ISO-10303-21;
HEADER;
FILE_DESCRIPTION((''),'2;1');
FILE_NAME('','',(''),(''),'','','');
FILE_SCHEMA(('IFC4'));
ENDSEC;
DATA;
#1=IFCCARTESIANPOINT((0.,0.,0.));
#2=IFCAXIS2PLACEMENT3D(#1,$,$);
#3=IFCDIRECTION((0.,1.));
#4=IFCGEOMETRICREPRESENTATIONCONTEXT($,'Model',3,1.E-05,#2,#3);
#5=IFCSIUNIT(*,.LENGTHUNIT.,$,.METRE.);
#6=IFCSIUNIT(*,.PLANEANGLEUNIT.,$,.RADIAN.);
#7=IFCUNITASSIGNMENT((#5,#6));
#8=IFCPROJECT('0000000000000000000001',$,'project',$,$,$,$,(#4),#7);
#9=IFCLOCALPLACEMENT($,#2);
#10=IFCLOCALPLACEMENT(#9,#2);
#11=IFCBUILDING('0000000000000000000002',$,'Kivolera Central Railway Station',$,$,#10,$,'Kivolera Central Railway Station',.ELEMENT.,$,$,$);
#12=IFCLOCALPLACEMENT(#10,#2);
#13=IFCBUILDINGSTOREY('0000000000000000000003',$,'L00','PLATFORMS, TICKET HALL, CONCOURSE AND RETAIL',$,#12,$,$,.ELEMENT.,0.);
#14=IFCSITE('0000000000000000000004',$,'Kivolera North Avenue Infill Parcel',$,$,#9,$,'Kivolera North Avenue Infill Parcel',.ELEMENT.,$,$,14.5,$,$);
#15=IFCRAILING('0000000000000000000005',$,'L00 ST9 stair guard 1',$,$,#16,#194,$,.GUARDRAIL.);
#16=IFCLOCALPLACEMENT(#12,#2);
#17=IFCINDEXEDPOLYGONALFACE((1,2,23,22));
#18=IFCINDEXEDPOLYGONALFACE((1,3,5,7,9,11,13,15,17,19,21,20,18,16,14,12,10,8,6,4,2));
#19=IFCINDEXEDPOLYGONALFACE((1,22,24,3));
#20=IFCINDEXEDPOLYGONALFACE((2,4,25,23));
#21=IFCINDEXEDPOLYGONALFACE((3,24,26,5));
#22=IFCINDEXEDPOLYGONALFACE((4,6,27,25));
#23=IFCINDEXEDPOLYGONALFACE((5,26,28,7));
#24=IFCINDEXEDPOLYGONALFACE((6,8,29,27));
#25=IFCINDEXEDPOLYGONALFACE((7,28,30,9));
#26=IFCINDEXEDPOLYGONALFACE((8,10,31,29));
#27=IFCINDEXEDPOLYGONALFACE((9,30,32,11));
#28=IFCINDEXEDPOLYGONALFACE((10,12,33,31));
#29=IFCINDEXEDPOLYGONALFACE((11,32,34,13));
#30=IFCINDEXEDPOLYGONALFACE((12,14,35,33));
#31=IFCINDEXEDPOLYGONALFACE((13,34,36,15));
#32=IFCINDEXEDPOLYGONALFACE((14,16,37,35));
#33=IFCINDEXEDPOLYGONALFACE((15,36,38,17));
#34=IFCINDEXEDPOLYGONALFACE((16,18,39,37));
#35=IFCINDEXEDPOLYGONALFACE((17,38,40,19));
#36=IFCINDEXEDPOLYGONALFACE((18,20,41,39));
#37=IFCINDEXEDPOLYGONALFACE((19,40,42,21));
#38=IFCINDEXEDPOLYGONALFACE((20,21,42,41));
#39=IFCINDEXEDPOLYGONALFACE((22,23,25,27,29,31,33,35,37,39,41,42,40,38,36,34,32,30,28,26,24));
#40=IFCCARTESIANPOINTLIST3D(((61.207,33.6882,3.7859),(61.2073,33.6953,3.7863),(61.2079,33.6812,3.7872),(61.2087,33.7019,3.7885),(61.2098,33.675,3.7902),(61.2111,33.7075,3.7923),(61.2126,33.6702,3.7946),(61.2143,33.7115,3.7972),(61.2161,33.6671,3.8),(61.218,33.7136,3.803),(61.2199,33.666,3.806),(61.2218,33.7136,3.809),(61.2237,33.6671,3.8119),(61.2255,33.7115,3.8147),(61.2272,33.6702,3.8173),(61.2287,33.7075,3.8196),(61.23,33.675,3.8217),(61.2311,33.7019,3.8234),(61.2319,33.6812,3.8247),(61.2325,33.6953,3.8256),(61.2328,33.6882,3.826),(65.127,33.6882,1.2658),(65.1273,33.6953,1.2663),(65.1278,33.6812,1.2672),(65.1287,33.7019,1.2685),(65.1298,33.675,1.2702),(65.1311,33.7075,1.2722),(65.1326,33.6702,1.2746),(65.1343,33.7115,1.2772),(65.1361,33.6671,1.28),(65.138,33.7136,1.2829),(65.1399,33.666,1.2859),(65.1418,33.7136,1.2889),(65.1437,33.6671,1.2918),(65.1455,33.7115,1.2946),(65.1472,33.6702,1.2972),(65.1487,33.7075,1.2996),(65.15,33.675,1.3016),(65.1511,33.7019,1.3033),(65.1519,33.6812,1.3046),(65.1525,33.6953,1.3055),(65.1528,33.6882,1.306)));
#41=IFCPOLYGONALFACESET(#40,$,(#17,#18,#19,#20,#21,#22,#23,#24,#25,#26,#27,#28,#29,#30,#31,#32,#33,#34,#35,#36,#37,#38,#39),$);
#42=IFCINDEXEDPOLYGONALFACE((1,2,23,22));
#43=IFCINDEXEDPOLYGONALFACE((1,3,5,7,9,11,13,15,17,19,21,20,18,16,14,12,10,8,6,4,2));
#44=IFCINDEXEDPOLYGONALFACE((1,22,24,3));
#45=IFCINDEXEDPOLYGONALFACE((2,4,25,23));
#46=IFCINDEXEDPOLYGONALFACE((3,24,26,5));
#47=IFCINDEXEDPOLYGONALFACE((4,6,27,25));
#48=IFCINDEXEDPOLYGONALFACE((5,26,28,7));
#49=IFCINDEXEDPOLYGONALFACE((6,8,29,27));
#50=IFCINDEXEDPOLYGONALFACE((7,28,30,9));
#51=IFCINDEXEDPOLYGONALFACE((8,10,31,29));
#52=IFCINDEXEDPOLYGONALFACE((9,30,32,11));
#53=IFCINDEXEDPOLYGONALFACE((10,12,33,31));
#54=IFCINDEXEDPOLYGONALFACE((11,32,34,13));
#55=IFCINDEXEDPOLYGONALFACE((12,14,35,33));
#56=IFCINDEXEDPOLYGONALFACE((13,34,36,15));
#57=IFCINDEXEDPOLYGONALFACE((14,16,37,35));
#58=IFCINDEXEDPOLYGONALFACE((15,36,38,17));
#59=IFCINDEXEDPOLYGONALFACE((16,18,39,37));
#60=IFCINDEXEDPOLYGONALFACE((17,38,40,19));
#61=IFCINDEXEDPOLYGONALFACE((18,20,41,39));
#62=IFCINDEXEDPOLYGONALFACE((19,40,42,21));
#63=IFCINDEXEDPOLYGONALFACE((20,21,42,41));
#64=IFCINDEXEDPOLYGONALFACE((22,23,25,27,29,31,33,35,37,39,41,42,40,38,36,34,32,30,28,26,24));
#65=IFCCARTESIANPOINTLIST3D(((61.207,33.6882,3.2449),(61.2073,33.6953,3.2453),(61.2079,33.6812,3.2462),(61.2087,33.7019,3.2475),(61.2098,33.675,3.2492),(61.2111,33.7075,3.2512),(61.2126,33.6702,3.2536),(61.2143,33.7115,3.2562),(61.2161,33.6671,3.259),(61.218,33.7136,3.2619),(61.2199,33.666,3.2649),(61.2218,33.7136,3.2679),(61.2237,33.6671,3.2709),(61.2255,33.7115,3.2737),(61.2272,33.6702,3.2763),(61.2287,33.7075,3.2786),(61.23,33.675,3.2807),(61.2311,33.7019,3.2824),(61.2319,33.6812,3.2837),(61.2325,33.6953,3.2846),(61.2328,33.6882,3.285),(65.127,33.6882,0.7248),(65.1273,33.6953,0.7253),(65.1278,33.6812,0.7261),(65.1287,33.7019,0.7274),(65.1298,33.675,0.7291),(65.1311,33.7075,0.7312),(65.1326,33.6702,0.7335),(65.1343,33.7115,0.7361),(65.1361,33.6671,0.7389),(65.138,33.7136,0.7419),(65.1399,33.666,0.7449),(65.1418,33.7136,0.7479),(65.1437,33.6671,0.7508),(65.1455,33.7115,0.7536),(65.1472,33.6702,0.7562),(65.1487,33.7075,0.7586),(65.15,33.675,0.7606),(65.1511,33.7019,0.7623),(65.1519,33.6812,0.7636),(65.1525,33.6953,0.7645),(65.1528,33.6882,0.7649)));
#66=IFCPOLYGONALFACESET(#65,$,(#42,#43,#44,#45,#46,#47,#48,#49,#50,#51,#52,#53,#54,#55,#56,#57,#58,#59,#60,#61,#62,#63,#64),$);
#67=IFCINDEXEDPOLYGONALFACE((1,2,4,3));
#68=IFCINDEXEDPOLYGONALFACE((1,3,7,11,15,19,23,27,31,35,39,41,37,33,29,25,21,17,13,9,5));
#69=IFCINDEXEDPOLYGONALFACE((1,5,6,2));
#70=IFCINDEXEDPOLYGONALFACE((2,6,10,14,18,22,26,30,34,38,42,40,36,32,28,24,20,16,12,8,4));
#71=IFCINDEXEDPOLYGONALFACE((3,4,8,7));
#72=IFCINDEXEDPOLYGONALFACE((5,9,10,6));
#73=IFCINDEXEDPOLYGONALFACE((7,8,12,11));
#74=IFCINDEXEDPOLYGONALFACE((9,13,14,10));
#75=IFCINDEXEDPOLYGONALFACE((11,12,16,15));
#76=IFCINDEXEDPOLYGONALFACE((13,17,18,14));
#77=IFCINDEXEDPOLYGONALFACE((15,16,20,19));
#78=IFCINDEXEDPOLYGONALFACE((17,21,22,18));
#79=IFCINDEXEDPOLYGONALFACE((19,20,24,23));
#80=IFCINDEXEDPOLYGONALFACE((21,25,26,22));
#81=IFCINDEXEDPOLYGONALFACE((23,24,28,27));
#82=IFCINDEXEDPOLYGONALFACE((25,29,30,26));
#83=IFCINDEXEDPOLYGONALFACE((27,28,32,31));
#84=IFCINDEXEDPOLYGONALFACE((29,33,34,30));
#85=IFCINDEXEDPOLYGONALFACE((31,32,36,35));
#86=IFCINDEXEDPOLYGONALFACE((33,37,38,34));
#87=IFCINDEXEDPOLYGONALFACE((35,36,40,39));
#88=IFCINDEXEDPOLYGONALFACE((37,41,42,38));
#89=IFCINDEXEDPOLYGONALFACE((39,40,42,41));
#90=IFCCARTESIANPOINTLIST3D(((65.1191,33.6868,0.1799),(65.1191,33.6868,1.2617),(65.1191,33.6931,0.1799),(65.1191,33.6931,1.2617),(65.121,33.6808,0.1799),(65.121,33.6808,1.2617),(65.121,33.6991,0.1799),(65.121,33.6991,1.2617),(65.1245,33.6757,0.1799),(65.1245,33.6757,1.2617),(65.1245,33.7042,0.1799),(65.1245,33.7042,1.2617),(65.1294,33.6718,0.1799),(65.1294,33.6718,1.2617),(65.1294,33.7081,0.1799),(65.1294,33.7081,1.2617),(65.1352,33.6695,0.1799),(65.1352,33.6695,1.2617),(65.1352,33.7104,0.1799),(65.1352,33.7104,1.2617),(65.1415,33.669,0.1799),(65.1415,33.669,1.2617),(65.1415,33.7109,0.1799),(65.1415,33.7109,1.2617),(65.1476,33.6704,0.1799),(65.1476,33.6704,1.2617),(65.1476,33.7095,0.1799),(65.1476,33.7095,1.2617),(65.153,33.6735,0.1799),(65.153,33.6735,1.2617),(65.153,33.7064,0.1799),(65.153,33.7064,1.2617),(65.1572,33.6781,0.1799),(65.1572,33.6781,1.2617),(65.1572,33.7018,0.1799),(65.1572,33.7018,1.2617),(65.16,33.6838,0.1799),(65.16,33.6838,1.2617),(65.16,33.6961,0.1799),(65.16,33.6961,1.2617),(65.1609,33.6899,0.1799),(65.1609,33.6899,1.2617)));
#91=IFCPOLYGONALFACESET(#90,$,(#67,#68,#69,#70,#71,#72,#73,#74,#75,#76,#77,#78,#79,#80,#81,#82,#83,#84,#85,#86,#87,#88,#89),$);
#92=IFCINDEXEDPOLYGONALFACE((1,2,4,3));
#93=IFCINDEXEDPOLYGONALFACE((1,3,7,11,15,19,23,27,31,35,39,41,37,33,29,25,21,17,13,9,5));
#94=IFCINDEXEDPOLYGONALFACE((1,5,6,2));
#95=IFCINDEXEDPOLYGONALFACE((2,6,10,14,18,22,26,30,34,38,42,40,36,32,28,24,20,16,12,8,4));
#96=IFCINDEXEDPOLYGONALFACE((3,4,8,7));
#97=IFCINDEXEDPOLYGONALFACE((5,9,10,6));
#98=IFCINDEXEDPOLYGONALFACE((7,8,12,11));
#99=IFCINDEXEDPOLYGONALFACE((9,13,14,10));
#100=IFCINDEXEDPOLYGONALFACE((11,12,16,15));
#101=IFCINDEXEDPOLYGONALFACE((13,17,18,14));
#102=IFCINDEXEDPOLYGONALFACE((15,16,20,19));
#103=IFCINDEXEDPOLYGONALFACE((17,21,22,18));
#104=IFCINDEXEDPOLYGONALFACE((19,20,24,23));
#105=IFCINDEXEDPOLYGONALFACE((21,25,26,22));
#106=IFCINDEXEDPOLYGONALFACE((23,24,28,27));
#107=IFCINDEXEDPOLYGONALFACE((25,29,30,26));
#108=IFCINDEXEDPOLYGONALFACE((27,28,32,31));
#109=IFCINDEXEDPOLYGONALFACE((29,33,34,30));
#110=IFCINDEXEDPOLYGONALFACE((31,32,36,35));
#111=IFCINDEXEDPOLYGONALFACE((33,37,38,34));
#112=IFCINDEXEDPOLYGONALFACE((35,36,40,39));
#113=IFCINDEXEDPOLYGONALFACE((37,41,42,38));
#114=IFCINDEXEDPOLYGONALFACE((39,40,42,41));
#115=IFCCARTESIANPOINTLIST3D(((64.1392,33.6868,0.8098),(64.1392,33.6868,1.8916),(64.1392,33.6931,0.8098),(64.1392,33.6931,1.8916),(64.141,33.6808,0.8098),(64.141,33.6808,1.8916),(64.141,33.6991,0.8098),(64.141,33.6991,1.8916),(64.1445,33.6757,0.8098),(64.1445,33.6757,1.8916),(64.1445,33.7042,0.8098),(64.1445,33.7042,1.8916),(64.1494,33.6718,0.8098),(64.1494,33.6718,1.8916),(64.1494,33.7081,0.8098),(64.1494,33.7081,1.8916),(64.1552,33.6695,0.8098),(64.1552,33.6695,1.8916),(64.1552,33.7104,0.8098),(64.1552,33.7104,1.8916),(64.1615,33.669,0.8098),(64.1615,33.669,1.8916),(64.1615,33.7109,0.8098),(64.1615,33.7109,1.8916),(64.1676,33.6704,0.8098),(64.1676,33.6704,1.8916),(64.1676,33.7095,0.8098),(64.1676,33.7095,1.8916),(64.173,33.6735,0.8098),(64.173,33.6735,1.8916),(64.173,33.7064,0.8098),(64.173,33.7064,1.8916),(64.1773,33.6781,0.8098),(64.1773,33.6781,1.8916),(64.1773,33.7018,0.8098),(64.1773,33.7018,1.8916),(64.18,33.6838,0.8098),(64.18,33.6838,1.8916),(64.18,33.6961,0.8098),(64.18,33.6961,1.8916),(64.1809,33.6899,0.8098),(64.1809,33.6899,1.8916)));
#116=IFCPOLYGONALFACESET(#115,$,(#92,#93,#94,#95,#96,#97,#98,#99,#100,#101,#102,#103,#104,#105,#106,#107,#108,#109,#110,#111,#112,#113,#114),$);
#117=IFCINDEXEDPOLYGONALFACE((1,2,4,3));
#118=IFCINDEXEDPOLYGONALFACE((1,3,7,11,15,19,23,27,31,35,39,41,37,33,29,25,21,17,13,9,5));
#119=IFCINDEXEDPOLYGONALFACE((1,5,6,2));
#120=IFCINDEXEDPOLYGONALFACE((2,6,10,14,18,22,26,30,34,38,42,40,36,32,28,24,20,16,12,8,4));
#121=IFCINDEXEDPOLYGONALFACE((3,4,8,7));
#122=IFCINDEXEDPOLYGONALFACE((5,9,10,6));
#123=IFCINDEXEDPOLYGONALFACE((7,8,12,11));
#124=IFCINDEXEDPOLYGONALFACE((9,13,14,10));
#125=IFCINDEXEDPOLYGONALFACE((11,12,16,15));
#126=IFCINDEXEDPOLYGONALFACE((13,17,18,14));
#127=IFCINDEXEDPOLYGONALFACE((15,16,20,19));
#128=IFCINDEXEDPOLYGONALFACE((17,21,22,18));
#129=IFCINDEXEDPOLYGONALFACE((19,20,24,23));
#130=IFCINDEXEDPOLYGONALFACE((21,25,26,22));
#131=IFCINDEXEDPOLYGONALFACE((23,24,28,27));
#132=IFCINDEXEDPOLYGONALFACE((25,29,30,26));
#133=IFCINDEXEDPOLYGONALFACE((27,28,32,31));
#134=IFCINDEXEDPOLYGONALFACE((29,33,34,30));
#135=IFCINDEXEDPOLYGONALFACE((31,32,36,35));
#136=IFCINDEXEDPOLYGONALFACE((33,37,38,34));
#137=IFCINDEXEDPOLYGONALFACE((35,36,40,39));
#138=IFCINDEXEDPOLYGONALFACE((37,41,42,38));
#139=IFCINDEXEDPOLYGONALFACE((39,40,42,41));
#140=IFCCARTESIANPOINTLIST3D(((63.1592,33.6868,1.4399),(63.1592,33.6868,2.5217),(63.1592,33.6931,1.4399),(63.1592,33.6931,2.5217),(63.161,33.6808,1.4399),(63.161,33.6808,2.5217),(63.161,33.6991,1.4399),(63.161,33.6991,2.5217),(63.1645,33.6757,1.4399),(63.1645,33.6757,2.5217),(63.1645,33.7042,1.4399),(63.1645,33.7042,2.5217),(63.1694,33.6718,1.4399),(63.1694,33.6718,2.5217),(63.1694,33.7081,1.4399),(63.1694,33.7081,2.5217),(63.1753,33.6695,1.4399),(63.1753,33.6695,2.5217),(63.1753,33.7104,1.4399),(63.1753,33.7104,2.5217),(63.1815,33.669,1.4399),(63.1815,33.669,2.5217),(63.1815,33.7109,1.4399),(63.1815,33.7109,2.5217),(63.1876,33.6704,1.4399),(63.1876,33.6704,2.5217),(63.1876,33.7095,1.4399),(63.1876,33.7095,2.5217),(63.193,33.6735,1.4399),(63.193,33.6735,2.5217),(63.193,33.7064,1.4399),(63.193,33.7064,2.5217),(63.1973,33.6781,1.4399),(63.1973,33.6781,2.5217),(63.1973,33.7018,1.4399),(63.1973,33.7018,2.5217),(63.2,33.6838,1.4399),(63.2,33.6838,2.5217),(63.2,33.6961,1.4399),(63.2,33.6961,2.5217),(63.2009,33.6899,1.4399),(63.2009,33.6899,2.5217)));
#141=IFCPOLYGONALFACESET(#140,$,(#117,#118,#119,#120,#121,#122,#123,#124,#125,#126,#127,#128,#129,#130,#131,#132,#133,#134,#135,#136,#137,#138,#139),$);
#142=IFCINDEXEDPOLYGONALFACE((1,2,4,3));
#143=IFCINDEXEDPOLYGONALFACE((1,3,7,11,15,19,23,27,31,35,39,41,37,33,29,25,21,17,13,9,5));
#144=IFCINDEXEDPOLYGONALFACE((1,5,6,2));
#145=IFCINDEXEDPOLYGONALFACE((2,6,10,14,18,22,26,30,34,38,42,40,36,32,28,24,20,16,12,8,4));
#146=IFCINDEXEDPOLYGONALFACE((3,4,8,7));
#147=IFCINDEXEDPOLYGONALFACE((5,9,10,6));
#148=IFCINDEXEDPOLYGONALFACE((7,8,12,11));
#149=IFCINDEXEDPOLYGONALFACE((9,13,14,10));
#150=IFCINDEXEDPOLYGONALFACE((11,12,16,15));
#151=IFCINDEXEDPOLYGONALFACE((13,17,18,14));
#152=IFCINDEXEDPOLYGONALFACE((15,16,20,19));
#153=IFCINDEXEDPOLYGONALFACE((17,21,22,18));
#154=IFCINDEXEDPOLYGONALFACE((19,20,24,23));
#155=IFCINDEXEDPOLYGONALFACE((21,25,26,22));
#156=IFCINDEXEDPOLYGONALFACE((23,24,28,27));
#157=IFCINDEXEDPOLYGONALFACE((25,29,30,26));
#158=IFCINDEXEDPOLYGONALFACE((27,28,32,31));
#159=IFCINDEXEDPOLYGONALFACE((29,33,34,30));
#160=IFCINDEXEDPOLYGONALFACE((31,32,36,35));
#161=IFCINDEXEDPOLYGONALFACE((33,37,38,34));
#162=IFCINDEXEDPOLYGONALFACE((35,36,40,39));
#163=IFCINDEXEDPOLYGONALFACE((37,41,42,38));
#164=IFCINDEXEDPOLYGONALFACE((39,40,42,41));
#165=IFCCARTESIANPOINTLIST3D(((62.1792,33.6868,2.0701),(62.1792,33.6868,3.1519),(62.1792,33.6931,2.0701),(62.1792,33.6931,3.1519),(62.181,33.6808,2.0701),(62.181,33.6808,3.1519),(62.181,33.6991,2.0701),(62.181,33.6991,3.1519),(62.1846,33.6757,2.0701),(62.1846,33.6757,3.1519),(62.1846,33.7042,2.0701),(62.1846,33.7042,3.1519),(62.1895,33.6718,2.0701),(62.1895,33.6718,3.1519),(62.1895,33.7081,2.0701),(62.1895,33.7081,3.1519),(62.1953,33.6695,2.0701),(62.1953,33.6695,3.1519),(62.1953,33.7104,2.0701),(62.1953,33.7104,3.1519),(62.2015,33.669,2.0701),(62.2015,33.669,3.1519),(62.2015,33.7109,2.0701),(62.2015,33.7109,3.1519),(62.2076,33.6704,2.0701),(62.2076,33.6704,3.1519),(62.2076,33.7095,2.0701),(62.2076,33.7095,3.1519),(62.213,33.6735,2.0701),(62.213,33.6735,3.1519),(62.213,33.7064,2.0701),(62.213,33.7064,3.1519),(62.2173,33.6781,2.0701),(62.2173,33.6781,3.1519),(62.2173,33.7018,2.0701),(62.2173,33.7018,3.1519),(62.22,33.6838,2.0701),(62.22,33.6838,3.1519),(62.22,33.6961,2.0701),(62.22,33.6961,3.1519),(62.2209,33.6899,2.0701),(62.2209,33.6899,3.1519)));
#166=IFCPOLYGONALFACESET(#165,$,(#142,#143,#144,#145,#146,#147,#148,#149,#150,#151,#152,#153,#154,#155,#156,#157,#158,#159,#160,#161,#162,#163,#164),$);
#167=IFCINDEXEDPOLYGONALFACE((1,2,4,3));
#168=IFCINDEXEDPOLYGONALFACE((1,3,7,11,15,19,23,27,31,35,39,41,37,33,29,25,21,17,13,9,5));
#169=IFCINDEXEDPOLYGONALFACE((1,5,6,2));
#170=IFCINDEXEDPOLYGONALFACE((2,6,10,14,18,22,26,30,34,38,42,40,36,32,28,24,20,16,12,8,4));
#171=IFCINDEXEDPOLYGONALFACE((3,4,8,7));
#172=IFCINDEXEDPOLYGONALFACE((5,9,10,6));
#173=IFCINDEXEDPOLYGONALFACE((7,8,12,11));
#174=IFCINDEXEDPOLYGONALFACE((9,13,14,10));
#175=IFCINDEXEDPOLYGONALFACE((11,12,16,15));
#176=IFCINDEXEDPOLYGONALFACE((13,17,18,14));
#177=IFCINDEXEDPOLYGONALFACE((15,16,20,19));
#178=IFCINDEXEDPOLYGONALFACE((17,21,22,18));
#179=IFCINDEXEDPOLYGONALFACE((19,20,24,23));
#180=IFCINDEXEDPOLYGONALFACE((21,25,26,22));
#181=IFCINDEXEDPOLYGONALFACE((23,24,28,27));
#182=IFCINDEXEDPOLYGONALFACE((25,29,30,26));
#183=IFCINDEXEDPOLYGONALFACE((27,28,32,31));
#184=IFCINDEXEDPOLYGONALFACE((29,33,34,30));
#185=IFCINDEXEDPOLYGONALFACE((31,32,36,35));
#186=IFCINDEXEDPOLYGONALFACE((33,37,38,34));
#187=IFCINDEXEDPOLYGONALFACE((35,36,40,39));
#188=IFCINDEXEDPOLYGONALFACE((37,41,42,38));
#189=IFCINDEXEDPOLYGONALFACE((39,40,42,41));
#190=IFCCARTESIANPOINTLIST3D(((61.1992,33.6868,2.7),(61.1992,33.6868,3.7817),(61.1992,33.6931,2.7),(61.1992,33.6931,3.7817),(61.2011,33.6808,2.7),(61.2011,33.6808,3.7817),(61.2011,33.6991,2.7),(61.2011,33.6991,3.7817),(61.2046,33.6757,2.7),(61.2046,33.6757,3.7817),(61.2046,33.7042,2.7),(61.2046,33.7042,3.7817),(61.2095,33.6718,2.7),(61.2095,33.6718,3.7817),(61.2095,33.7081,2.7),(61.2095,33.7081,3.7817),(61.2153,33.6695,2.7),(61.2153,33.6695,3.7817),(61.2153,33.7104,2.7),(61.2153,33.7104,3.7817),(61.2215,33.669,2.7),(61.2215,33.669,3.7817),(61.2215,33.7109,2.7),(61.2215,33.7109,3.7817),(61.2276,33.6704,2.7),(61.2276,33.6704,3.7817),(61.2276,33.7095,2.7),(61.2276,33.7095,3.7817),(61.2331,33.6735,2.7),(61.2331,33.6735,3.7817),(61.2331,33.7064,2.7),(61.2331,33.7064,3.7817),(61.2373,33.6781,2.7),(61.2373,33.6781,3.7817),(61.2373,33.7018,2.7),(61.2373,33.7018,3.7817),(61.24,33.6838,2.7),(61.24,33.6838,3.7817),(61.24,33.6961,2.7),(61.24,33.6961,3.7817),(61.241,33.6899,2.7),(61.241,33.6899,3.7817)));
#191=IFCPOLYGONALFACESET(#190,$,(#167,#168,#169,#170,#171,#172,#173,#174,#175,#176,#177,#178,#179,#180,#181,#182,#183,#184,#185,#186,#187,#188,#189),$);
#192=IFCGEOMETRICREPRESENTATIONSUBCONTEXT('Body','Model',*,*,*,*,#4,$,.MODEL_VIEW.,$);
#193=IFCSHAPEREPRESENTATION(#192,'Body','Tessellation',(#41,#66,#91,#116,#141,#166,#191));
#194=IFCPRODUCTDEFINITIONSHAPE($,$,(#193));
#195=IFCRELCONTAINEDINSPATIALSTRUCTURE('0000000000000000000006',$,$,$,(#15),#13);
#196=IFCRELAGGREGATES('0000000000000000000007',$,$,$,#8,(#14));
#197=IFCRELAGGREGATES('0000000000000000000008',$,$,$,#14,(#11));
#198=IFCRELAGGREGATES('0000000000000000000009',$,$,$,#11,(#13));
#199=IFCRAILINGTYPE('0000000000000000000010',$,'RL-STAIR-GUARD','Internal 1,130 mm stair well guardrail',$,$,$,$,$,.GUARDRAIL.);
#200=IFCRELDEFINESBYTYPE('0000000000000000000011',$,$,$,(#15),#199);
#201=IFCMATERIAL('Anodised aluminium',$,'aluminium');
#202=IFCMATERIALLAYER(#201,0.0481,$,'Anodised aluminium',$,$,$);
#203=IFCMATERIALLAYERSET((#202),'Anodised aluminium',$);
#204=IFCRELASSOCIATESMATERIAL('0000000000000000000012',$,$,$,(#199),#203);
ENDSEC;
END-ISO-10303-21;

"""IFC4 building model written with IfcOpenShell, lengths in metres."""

from ifc_helpers import new_model, si_unit, direction, frame, origin, origin_2d, place, context, subcontext, project, spatial, circle, extrude, material, layer, layer_set, type_object, element, save


model = new_model("IFC4")

# Units and contexts
model_context = context("Model", 3, precision=1e-05, world=origin(), true_north=direction((0.0, 1.0)))
body_context = subcontext(model_context, "Body", "Model", "MODEL_VIEW")
ifc_project = project(units=[si_unit("LENGTHUNIT", "METRE"), si_unit("PLANEANGLEUNIT", "RADIAN")], contexts=[model_context])

# Site, building, storey
site_placement = place(None, origin())
site = spatial("IfcSite", under=ifc_project, at=site_placement, Name="Kivolera North Avenue Infill Parcel", LongName="Kivolera North Avenue Infill Parcel", CompositionType="ELEMENT", RefElevation=14.5)
building_placement = place(site_placement, origin())
building = spatial("IfcBuilding", under=site, at=building_placement, Name="Kivolera Central Railway Station", LongName="Kivolera Central Railway Station", CompositionType="ELEMENT")
storey_placement = place(building_placement, origin())
storey = spatial("IfcBuildingStorey", under=building, at=storey_placement, Name="L00", Description="PLATFORMS, TICKET HALL, CONCOURSE AND RETAIL", CompositionType="ELEMENT", Elevation=0.0)

# Railing
ifc_material_1 = material(Name="Anodised aluminium", Category="aluminium")
ifc_layer_1 = layer(ifc_material_1, 0.0481, Name="Anodised aluminium")
ifc_layer_set_1 = layer_set([ifc_layer_1], Name="Anodised aluminium")
railing_type_1 = type_object("IfcRailingType", Name="RL-STAIR-GUARD", Description="Internal 1,130 mm stair well guardrail", PredefinedType="GUARDRAIL", material=ifc_layer_set_1)
railing_1_placement = place(storey_placement, frame((65.1399, 33.6899, 0.1799)))
element("IfcRailing", 1, at=railing_1_placement, inside=storey, type_object=railing_type_1, Name="L00 ST9 stair guard 1", PredefinedType="GUARDRAIL", context=body_context, shape_type="SweptSolid", body=[
    extrude(circle(Radius=0.0239, at=origin_2d()), frame((0.0, 0.0, 1.106), z_axis=(-0.841172, 0.0, 0.540768), x_axis=(0.0, -1.0, 0.0)), (0.0, 0.0, 1.0), 4.6602),
    extrude(circle(Radius=0.0239, at=origin_2d()), frame((0.0, 0.0, 0.5649), z_axis=(-0.841172, 0.0, 0.540768), x_axis=(0.0, -1.0, 0.0)), (0.0, 0.0, 1.0), 4.6602),
    extrude(circle(Radius=0.021, at=origin_2d()), origin(), (0.0, 0.0, 1.0), 1.0818),
    extrude(circle(Radius=0.021, at=origin_2d()), frame((-0.98, 0.0, 0.6299)), (0.0, 0.0, 1.0), 1.0818),
    extrude(circle(Radius=0.021, at=origin_2d()), frame((-1.96, 0.0, 1.26)), (0.0, 0.0, 1.0), 1.0818),
    extrude(circle(Radius=0.021, at=origin_2d()), frame((-2.9399, 0.0, 1.8901)), (0.0, 0.0, 1.0), 1.0818),
    extrude(circle(Radius=0.021, at=origin_2d()), frame((-3.9199, 0.0, 2.52)), (0.0, 0.0, 1.0), 1.0818),
])

save(model, "model.ifc")
